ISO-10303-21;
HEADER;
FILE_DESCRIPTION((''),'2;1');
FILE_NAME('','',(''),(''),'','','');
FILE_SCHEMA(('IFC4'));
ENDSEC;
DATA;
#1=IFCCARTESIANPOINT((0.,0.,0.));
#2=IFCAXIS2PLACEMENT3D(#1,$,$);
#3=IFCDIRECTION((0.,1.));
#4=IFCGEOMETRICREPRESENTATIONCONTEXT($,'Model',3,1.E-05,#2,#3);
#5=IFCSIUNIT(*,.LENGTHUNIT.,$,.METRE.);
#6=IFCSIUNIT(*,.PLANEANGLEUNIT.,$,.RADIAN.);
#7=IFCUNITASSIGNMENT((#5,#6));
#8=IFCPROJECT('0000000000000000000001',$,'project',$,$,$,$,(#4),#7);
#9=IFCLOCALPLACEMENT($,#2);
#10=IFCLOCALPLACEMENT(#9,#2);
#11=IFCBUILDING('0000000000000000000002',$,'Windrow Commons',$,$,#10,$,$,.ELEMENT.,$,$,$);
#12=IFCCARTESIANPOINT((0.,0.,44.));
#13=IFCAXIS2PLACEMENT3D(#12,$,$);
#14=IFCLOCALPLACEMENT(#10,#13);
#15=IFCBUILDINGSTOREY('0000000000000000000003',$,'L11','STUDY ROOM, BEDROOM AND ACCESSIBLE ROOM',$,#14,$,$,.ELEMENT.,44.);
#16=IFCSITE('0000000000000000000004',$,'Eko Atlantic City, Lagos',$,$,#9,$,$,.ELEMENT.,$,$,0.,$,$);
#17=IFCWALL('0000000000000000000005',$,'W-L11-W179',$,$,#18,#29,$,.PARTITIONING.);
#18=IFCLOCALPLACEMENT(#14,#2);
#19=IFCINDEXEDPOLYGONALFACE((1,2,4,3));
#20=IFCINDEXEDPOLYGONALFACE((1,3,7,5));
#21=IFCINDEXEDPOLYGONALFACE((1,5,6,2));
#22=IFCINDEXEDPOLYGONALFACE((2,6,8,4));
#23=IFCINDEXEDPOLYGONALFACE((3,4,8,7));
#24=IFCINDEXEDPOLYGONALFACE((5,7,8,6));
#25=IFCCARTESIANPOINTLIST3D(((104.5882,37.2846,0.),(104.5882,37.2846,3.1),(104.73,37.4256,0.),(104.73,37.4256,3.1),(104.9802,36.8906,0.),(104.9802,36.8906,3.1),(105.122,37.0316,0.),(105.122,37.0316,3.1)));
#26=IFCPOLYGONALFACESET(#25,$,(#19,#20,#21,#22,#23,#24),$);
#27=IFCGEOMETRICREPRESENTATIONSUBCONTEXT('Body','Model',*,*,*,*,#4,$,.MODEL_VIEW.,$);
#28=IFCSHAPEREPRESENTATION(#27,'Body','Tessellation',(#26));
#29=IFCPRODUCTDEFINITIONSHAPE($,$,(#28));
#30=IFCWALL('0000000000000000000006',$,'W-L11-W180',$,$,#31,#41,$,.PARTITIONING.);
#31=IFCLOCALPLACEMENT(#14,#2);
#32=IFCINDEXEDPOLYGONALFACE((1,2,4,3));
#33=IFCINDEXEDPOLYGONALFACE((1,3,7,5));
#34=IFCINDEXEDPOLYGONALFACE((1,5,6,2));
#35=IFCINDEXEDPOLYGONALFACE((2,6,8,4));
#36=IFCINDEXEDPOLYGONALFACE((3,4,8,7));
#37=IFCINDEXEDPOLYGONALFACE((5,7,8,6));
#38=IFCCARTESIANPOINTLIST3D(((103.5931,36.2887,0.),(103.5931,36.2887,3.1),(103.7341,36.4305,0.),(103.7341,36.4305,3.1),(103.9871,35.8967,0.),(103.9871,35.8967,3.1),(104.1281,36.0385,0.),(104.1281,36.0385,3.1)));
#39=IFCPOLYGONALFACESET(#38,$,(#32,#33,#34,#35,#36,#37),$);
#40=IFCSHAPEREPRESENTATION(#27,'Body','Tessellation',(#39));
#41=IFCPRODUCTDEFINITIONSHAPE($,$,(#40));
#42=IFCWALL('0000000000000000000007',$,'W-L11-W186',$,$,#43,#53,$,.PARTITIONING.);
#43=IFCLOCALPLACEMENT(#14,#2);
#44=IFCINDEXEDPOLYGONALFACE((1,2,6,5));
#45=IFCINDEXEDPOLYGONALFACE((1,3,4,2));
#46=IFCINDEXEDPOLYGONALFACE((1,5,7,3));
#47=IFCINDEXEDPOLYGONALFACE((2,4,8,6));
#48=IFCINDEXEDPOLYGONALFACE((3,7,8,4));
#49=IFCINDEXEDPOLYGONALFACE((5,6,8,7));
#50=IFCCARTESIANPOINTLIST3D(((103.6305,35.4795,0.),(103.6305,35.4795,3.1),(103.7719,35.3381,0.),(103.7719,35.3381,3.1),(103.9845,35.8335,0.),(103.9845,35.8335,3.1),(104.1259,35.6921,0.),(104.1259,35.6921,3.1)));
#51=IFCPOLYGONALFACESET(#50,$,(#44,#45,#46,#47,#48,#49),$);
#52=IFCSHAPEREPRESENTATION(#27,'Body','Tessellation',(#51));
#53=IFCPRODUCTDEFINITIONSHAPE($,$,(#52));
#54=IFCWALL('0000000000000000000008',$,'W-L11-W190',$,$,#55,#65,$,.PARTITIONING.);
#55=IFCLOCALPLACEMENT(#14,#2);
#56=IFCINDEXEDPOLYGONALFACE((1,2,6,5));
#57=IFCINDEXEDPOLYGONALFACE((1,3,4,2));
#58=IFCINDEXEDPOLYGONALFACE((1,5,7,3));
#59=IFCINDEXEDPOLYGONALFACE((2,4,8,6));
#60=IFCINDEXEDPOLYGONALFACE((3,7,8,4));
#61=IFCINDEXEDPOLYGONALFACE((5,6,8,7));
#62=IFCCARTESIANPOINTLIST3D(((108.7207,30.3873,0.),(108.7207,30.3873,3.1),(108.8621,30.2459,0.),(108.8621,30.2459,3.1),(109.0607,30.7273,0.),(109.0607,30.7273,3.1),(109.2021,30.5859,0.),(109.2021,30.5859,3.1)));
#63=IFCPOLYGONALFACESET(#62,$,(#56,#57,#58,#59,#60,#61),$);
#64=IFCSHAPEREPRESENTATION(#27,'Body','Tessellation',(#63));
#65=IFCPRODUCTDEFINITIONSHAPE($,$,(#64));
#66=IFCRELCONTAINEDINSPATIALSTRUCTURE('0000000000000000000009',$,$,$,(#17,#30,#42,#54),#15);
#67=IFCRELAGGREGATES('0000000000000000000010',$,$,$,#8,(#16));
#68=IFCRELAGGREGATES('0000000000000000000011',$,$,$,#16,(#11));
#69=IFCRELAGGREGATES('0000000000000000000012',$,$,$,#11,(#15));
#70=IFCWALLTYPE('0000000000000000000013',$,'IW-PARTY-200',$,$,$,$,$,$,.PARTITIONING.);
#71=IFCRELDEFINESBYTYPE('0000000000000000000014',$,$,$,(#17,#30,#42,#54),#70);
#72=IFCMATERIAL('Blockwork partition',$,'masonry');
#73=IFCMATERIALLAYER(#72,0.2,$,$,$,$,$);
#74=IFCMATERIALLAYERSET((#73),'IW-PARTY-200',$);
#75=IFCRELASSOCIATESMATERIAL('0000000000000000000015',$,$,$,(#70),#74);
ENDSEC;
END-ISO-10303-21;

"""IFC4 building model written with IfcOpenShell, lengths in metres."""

from ifc_helpers import new_model, si_unit, direction, frame, frame_2d, origin, place, context, subcontext, project, spatial, rectangle, extrude, material, layer, layer_set, type_object, element, save


model = new_model("IFC4")

# Units and contexts
model_context = context("Model", 3, precision=1e-05, world=origin(), true_north=direction((0.0, 1.0)))
body_context = subcontext(model_context, "Body", "Model", "MODEL_VIEW")
ifc_project = project(units=[si_unit("LENGTHUNIT", "METRE"), si_unit("PLANEANGLEUNIT", "RADIAN")], contexts=[model_context])

# Site, building, storey
site_placement = place(None, origin())
site = spatial("IfcSite", under=ifc_project, at=site_placement, Name="Eko Atlantic City, Lagos", CompositionType="ELEMENT", RefElevation=0.0)
building_placement = place(site_placement, origin())
building = spatial("IfcBuilding", under=site, at=building_placement, Name="Windrow Commons", CompositionType="ELEMENT")
storey_placement = place(building_placement, frame((0.0, 0.0, 44.0)))
storey = spatial("IfcBuildingStorey", under=building, at=storey_placement, Name="L11", Description="STUDY ROOM, BEDROOM AND ACCESSIBLE ROOM", CompositionType="ELEMENT", Elevation=44.0)

# Walls
ifc_material_1 = material(Name="Blockwork partition", Category="masonry")
ifc_layer_1 = layer(ifc_material_1, 0.2)
ifc_layer_set_1 = layer_set([ifc_layer_1], Name="IW-PARTY-200")
wall_type_1 = type_object("IfcWallType", Name="IW-PARTY-200", PredefinedType="PARTITIONING", material=ifc_layer_set_1)
for number, where, z_axis, x_axis, name in (
    (1, (104.6591, 37.3551, 0.0), (0.0, 0.0, 1.0), (0.705305, -0.708904, 0.0), "W-L11-W179"),
    (2, (103.6636, 36.3596, 0.0), (0.0, 0.0, 1.0), (0.708904, -0.705305, 0.0), "W-L11-W180"),
):
    element("IfcWall", number, at=place(storey_placement, frame(where, z_axis=z_axis, x_axis=x_axis)), inside=storey, type_object=wall_type_1, Name=name, PredefinedType="PARTITIONING", context=body_context, shape_type="SweptSolid", body=[
        extrude(rectangle(XDim=0.5558, YDim=0.2, at=frame_2d((0.2779, 0.0))), origin(), (0.0, 0.0, 1.0), 3.1),
    ])
wall_1_placement = place(storey_placement, frame((103.7012, 35.4088, 0.0), z_axis=(0.0, 0.0, 1.0), x_axis=(0.707107, 0.707107, 0.0)))
element("IfcWall", 3, at=wall_1_placement, inside=storey, type_object=wall_type_1, Name="W-L11-W186", PredefinedType="PARTITIONING", context=body_context, shape_type="SweptSolid", body=[
    extrude(rectangle(XDim=0.5006, YDim=0.2, at=frame_2d((0.2503, 0.0))), origin(), (0.0, 0.0, 1.0), 3.1),
])
wall_2_placement = place(storey_placement, frame((108.7914, 30.3166, 0.0), z_axis=(0.0, 0.0, 1.0), x_axis=(0.707107, 0.707107, 0.0)))
element("IfcWall", 4, at=wall_2_placement, inside=storey, type_object=wall_type_1, Name="W-L11-W190", PredefinedType="PARTITIONING", context=body_context, shape_type="SweptSolid", body=[
    extrude(rectangle(XDim=0.4808, YDim=0.2, at=frame_2d((0.2404, 0.0))), origin(), (0.0, 0.0, 1.0), 3.1),
])

save(model, "model.ifc")
